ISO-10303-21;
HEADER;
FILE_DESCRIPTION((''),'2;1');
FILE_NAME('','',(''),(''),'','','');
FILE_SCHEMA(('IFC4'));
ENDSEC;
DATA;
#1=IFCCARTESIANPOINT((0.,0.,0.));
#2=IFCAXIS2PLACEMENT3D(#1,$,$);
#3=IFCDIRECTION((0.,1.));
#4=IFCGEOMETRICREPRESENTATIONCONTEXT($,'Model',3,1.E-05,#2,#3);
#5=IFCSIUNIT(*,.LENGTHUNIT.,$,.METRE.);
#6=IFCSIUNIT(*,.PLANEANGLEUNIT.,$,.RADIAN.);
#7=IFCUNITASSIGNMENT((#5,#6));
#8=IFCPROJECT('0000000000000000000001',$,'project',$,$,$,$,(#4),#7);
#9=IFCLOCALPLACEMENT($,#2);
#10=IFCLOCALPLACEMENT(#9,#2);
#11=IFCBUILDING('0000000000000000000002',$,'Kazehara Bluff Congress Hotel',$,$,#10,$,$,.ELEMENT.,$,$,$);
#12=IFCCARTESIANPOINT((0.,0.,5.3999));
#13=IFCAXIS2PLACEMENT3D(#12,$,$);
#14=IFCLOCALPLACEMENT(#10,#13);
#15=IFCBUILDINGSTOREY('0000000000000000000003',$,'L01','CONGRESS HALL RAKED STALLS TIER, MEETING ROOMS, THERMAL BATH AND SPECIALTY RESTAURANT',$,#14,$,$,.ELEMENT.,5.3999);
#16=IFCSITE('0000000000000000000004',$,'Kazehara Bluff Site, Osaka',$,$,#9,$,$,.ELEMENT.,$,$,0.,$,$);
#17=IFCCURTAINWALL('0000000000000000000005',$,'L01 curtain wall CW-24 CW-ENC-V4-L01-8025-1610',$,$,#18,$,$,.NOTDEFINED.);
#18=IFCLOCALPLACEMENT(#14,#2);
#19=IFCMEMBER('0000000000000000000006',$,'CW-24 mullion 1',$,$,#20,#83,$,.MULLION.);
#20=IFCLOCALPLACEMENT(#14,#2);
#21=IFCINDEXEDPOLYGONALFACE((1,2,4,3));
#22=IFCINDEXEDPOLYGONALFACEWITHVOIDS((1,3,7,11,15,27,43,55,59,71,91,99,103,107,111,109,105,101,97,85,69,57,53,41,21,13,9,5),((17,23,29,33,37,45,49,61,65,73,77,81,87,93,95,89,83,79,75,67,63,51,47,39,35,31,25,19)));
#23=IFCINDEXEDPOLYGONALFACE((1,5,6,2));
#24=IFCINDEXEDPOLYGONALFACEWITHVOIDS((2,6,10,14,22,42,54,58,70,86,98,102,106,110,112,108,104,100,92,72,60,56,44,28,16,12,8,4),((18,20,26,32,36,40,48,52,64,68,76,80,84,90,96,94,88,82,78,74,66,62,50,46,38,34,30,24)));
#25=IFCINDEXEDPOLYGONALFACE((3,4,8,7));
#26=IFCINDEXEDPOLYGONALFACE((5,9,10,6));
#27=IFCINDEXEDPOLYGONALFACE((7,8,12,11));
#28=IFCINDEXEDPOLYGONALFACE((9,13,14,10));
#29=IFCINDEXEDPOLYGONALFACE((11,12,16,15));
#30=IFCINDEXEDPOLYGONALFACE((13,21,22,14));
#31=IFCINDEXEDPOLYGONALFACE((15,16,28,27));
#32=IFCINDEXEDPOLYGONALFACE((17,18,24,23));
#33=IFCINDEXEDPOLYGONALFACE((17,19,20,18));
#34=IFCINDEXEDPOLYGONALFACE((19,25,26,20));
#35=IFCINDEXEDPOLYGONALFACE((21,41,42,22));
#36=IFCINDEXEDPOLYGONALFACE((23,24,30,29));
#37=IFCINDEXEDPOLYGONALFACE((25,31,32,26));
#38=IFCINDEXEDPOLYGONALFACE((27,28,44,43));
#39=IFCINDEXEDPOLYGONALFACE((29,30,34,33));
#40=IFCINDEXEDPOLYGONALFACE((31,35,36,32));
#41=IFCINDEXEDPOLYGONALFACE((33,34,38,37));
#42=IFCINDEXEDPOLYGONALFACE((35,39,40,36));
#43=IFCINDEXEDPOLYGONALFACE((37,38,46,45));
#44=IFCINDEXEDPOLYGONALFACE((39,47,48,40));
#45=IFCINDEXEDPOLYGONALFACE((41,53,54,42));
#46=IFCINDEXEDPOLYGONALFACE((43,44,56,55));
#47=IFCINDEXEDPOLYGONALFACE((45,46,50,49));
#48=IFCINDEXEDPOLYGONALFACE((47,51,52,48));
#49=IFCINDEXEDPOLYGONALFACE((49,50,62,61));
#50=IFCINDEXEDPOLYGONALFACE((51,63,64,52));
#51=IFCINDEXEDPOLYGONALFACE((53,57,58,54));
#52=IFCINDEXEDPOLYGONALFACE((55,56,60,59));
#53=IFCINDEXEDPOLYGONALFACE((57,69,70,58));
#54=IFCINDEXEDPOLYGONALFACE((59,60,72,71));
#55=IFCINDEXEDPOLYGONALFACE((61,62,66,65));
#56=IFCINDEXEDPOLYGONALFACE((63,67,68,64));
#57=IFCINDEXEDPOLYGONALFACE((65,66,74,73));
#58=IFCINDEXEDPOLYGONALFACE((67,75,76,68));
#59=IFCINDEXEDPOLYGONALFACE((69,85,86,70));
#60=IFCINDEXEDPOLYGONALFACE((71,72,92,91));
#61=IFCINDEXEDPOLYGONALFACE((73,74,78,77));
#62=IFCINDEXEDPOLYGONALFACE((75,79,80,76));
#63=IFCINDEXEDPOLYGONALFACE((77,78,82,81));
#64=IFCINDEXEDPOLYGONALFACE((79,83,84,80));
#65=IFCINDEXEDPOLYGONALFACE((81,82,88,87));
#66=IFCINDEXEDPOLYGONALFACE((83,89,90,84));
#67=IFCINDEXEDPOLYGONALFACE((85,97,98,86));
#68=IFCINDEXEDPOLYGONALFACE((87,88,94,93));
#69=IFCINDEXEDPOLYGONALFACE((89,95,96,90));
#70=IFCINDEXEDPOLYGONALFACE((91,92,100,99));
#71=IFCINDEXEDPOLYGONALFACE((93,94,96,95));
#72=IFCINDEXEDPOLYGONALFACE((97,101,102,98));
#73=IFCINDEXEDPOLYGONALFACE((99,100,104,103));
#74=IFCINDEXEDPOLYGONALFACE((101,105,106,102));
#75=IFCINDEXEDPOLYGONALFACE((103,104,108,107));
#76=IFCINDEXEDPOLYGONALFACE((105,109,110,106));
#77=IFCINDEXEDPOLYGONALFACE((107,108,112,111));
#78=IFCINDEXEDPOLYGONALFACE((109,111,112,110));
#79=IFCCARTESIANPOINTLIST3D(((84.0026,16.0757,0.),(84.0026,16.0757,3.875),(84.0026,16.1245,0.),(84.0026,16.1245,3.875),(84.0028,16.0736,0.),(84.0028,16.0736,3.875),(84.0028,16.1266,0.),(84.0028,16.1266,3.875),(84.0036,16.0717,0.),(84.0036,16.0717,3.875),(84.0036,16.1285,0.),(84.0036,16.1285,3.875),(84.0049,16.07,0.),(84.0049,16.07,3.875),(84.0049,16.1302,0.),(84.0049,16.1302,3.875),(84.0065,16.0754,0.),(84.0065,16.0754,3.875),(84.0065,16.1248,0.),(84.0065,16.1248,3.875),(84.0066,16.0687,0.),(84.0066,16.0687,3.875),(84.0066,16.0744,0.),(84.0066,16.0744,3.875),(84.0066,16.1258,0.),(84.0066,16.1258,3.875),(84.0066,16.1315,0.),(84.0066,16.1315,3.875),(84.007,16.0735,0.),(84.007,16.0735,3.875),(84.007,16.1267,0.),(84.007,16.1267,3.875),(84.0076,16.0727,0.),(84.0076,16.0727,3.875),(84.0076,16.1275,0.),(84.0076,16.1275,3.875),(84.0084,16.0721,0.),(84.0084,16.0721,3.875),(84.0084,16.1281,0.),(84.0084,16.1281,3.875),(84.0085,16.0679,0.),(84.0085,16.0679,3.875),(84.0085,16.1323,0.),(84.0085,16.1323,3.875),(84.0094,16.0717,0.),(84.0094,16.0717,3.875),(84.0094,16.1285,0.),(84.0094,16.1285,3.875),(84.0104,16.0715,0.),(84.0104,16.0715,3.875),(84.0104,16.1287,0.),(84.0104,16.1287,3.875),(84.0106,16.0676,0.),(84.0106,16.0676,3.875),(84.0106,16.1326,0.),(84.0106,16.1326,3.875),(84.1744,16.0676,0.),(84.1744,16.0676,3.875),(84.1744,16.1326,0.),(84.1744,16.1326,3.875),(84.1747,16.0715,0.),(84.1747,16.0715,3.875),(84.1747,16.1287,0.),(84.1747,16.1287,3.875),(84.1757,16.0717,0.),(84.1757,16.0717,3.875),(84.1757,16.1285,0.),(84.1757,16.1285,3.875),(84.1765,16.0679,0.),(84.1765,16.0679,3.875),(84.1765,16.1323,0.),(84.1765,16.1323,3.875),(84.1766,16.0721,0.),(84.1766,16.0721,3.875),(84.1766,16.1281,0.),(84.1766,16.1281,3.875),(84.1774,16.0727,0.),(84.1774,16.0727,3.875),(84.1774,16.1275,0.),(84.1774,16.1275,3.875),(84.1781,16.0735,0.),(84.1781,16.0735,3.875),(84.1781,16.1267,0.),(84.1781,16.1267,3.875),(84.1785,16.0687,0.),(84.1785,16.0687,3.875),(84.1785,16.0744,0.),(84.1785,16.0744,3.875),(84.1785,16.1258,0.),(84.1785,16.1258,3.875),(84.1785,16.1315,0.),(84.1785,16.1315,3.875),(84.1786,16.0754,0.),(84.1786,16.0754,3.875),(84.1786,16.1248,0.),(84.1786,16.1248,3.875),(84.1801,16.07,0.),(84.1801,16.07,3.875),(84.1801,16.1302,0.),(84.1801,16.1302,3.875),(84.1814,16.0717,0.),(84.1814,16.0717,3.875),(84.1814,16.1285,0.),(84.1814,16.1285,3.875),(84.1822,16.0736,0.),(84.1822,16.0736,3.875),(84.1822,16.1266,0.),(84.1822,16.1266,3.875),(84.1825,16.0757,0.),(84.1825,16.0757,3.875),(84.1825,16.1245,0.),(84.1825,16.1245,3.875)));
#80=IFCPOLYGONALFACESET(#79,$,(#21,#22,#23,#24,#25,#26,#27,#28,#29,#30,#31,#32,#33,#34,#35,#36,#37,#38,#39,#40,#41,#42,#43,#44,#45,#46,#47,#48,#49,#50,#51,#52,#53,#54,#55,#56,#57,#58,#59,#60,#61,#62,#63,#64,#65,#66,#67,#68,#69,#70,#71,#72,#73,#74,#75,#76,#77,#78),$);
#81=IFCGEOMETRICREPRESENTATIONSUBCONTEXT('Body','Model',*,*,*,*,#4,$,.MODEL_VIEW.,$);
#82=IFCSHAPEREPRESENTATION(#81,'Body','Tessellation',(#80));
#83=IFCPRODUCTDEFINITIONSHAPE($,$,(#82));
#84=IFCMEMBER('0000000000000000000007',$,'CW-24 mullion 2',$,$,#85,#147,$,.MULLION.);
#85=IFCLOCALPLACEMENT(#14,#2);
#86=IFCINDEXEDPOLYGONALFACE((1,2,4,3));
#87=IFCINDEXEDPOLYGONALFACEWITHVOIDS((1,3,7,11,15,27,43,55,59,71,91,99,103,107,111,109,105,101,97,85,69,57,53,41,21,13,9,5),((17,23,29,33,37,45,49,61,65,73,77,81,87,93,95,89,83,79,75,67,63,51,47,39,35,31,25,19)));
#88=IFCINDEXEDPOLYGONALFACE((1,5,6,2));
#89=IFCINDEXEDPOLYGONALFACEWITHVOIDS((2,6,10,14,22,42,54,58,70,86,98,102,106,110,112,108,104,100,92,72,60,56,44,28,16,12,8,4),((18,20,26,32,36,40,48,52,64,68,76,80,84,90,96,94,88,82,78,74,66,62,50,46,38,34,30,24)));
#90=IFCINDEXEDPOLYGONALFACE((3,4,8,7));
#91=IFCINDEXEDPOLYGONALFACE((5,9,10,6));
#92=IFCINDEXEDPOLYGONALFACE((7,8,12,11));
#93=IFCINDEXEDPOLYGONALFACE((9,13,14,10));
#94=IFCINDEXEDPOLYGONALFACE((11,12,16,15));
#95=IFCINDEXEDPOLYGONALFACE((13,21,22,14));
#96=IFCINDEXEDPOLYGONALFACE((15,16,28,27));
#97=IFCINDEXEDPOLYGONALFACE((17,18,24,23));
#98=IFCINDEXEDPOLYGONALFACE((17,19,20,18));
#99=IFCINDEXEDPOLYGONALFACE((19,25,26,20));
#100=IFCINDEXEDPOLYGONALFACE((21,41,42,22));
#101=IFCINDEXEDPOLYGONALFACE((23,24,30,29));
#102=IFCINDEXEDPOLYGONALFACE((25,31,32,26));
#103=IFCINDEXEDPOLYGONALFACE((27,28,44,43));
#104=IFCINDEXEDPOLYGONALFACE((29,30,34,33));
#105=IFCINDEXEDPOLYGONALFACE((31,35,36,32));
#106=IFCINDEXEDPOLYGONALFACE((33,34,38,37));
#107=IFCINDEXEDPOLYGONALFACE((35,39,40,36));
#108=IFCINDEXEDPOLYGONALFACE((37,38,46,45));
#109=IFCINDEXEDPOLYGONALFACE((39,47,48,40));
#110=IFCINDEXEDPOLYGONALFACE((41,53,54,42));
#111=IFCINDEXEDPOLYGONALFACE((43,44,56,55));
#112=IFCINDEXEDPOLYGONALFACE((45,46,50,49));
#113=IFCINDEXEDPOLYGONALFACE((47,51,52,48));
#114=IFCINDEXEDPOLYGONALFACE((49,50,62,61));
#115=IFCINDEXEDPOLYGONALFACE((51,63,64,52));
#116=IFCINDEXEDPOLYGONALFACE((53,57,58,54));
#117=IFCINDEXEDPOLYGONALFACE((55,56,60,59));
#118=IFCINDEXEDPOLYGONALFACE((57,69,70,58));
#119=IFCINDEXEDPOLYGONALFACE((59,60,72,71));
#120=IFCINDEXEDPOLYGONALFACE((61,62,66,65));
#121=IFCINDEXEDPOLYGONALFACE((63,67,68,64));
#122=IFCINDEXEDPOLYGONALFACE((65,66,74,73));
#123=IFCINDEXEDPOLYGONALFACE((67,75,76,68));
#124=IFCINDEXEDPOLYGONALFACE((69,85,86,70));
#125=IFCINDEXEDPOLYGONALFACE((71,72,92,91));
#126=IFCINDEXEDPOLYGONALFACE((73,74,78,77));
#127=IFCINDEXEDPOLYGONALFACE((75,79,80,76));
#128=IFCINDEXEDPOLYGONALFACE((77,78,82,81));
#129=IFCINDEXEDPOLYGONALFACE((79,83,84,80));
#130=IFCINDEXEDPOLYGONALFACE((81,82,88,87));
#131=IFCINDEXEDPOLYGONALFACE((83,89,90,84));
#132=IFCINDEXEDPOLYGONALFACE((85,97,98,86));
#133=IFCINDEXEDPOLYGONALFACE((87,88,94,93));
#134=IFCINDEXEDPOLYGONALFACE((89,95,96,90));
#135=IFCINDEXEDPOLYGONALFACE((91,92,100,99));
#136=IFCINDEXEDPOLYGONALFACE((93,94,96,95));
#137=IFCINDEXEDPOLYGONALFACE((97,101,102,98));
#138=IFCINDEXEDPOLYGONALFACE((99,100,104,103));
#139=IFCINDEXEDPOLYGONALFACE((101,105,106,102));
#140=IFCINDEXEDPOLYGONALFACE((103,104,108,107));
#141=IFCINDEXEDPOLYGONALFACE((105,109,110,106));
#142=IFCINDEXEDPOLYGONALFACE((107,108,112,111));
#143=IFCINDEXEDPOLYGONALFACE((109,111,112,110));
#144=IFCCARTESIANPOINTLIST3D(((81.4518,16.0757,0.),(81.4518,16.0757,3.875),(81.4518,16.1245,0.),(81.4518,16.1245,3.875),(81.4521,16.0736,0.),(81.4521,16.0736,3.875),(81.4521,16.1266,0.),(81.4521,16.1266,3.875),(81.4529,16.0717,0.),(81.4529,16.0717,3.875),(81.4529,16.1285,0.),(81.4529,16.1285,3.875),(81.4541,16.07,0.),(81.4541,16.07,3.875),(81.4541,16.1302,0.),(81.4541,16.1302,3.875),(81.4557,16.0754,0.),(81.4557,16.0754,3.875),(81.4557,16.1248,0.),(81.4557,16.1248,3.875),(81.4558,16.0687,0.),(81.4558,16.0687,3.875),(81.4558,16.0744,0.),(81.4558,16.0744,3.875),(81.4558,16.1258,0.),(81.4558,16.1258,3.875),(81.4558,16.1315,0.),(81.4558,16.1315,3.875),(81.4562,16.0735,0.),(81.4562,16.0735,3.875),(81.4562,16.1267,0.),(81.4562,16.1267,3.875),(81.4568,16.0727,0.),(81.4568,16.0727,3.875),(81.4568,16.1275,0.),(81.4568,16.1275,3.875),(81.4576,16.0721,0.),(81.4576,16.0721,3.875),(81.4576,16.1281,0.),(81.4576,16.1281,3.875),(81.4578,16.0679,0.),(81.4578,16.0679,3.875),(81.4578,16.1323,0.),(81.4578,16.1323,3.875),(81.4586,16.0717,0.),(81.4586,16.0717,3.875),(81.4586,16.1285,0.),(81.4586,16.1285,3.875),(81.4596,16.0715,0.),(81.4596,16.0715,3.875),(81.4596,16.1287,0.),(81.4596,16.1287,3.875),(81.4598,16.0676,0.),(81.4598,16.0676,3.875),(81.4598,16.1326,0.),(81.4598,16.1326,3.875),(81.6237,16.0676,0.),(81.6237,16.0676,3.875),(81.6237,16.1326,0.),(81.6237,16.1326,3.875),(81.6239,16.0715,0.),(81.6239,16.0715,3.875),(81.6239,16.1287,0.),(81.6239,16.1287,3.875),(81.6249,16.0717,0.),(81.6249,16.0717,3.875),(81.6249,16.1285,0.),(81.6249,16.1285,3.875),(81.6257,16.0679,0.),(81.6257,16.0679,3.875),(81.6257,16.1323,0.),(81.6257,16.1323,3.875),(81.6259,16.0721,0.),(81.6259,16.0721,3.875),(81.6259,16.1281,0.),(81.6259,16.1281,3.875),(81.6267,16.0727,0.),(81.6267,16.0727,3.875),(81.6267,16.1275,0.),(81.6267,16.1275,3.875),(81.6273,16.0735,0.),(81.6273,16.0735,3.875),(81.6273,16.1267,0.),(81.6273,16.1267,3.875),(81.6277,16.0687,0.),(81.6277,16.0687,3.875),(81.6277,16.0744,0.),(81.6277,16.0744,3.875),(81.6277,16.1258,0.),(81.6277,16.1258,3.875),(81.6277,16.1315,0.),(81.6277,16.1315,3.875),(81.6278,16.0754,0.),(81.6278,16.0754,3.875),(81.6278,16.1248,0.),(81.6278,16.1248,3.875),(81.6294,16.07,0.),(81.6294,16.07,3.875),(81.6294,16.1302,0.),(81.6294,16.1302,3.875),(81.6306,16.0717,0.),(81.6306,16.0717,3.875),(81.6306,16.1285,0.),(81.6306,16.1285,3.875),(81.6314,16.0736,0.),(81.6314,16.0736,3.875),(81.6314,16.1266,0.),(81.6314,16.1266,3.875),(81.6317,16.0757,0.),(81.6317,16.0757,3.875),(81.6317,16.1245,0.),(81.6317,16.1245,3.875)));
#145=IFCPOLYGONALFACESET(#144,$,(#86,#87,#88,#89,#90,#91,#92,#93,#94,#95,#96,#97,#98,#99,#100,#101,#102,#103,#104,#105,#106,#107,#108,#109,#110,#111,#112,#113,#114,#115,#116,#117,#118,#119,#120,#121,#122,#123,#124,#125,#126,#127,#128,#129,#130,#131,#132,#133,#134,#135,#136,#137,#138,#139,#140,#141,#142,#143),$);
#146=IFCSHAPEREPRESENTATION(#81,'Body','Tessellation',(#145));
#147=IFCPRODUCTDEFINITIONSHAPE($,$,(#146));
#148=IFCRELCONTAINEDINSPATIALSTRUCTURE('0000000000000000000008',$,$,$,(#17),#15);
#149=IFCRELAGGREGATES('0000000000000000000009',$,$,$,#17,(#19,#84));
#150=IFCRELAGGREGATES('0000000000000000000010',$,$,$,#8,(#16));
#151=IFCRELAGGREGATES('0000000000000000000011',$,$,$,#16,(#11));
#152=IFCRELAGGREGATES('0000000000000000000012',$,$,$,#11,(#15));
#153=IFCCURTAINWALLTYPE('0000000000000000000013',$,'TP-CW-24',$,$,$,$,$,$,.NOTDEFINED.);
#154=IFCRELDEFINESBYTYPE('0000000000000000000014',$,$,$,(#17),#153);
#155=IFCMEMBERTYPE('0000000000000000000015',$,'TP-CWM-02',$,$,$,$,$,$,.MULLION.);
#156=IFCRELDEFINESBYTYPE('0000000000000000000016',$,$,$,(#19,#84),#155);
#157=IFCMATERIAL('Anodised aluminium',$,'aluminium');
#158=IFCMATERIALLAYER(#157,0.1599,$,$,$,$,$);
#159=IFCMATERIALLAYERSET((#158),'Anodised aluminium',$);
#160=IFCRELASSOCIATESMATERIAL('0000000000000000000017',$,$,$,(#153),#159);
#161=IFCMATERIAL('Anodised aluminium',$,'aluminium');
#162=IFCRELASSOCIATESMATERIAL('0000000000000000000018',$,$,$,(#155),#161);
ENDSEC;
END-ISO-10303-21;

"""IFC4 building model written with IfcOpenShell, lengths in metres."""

from ifc_helpers import new_model, si_unit, direction, frame, origin, origin_2d, place, context, subcontext, project, spatial, hollow_rectangle, extrude, material, layer, layer_set, material_profile, profile_set, type_object, element, aggregate, save


model = new_model("IFC4")

# Units and contexts
model_context = context("Model", 3, precision=1e-05, world=origin(), true_north=direction((0.0, 1.0)))
body_context = subcontext(model_context, "Body", "Model", "MODEL_VIEW")
ifc_project = project(units=[si_unit("LENGTHUNIT", "METRE"), si_unit("PLANEANGLEUNIT", "RADIAN")], contexts=[model_context])

# Site, building, storey
site_placement = place(None, origin())
site = spatial("IfcSite", under=ifc_project, at=site_placement, Name="Kazehara Bluff Site, Osaka", CompositionType="ELEMENT", RefElevation=0.0)
building_placement = place(site_placement, origin())
building = spatial("IfcBuilding", under=site, at=building_placement, Name="Kazehara Bluff Congress Hotel", CompositionType="ELEMENT")
storey_placement = place(building_placement, frame((0.0, 0.0, 5.3999)))
storey = spatial("IfcBuildingStorey", under=building, at=storey_placement, Name="L01", Description="CONGRESS HALL RAKED STALLS TIER, MEETING ROOMS, THERMAL BATH AND SPECIALTY RESTAURANT", CompositionType="ELEMENT", Elevation=5.3999)

# Curtain wall, members
ifc_material_1 = material(Name="Anodised aluminium", Category="aluminium")
ifc_layer_1 = layer(ifc_material_1, 0.1599)
ifc_layer_set_1 = layer_set([ifc_layer_1], Name="Anodised aluminium")
curtain_wall_type = type_object("IfcCurtainWallType", Name="TP-CW-24", PredefinedType="NOTDEFINED", material=ifc_layer_set_1)
curtain_wall_1_placement = place(storey_placement, origin())
curtain_wall_1 = element("IfcCurtainWall", 1, at=curtain_wall_1_placement, inside=storey, type_object=curtain_wall_type, Name="L01 curtain wall CW-24 CW-ENC-V4-L01-8025-1610", PredefinedType="NOTDEFINED")
ifc_material_2 = material(Name="Anodised aluminium", Category="aluminium")
ifc_material_profile_1 = material_profile(ifc_material_2, hollow_rectangle(XDim=0.0649, YDim=0.1799, WallThickness=0.0039, InnerFilletRadius=0.0039, OuterFilletRadius=0.0081, at=origin_2d()))
ifc_profile_set_1 = profile_set([ifc_material_profile_1], Name="Anodised aluminium")
member_type_1 = type_object("IfcMemberType", Name="TP-CWM-02", PredefinedType="MULLION", material=ifc_profile_set_1)
member_1_placement = place(storey_placement, frame((84.0925, 16.1001, 0.0), z_axis=(0.0, 0.0, 1.0), x_axis=(0.0, -1.0, 0.0)))
member_1 = element("IfcMember", 2, at=member_1_placement, type_object=member_type_1, Name="CW-24 mullion 1", PredefinedType="MULLION", context=body_context, shape_type="SweptSolid", body=[
    extrude(hollow_rectangle(XDim=0.0649, YDim=0.1799, WallThickness=0.0039, InnerFilletRadius=0.0039, OuterFilletRadius=0.0081, at=origin_2d()), origin(), (0.0, 0.0, 1.0), 3.875),
])
member_2_placement = place(storey_placement, frame((81.5417, 16.1001, 0.0), z_axis=(0.0, 0.0, 1.0), x_axis=(0.0, -1.0, 0.0)))
member_2 = element("IfcMember", 3, at=member_2_placement, type_object=member_type_1, Name="CW-24 mullion 2", PredefinedType="MULLION", context=body_context, shape_type="SweptSolid", body=[
    extrude(hollow_rectangle(XDim=0.0649, YDim=0.1799, WallThickness=0.0039, InnerFilletRadius=0.0039, OuterFilletRadius=0.0081, at=origin_2d()), origin(), (0.0, 0.0, 1.0), 3.875),
])

aggregate(curtain_wall_1, [member_1, member_2])

save(model, "model.ifc")
